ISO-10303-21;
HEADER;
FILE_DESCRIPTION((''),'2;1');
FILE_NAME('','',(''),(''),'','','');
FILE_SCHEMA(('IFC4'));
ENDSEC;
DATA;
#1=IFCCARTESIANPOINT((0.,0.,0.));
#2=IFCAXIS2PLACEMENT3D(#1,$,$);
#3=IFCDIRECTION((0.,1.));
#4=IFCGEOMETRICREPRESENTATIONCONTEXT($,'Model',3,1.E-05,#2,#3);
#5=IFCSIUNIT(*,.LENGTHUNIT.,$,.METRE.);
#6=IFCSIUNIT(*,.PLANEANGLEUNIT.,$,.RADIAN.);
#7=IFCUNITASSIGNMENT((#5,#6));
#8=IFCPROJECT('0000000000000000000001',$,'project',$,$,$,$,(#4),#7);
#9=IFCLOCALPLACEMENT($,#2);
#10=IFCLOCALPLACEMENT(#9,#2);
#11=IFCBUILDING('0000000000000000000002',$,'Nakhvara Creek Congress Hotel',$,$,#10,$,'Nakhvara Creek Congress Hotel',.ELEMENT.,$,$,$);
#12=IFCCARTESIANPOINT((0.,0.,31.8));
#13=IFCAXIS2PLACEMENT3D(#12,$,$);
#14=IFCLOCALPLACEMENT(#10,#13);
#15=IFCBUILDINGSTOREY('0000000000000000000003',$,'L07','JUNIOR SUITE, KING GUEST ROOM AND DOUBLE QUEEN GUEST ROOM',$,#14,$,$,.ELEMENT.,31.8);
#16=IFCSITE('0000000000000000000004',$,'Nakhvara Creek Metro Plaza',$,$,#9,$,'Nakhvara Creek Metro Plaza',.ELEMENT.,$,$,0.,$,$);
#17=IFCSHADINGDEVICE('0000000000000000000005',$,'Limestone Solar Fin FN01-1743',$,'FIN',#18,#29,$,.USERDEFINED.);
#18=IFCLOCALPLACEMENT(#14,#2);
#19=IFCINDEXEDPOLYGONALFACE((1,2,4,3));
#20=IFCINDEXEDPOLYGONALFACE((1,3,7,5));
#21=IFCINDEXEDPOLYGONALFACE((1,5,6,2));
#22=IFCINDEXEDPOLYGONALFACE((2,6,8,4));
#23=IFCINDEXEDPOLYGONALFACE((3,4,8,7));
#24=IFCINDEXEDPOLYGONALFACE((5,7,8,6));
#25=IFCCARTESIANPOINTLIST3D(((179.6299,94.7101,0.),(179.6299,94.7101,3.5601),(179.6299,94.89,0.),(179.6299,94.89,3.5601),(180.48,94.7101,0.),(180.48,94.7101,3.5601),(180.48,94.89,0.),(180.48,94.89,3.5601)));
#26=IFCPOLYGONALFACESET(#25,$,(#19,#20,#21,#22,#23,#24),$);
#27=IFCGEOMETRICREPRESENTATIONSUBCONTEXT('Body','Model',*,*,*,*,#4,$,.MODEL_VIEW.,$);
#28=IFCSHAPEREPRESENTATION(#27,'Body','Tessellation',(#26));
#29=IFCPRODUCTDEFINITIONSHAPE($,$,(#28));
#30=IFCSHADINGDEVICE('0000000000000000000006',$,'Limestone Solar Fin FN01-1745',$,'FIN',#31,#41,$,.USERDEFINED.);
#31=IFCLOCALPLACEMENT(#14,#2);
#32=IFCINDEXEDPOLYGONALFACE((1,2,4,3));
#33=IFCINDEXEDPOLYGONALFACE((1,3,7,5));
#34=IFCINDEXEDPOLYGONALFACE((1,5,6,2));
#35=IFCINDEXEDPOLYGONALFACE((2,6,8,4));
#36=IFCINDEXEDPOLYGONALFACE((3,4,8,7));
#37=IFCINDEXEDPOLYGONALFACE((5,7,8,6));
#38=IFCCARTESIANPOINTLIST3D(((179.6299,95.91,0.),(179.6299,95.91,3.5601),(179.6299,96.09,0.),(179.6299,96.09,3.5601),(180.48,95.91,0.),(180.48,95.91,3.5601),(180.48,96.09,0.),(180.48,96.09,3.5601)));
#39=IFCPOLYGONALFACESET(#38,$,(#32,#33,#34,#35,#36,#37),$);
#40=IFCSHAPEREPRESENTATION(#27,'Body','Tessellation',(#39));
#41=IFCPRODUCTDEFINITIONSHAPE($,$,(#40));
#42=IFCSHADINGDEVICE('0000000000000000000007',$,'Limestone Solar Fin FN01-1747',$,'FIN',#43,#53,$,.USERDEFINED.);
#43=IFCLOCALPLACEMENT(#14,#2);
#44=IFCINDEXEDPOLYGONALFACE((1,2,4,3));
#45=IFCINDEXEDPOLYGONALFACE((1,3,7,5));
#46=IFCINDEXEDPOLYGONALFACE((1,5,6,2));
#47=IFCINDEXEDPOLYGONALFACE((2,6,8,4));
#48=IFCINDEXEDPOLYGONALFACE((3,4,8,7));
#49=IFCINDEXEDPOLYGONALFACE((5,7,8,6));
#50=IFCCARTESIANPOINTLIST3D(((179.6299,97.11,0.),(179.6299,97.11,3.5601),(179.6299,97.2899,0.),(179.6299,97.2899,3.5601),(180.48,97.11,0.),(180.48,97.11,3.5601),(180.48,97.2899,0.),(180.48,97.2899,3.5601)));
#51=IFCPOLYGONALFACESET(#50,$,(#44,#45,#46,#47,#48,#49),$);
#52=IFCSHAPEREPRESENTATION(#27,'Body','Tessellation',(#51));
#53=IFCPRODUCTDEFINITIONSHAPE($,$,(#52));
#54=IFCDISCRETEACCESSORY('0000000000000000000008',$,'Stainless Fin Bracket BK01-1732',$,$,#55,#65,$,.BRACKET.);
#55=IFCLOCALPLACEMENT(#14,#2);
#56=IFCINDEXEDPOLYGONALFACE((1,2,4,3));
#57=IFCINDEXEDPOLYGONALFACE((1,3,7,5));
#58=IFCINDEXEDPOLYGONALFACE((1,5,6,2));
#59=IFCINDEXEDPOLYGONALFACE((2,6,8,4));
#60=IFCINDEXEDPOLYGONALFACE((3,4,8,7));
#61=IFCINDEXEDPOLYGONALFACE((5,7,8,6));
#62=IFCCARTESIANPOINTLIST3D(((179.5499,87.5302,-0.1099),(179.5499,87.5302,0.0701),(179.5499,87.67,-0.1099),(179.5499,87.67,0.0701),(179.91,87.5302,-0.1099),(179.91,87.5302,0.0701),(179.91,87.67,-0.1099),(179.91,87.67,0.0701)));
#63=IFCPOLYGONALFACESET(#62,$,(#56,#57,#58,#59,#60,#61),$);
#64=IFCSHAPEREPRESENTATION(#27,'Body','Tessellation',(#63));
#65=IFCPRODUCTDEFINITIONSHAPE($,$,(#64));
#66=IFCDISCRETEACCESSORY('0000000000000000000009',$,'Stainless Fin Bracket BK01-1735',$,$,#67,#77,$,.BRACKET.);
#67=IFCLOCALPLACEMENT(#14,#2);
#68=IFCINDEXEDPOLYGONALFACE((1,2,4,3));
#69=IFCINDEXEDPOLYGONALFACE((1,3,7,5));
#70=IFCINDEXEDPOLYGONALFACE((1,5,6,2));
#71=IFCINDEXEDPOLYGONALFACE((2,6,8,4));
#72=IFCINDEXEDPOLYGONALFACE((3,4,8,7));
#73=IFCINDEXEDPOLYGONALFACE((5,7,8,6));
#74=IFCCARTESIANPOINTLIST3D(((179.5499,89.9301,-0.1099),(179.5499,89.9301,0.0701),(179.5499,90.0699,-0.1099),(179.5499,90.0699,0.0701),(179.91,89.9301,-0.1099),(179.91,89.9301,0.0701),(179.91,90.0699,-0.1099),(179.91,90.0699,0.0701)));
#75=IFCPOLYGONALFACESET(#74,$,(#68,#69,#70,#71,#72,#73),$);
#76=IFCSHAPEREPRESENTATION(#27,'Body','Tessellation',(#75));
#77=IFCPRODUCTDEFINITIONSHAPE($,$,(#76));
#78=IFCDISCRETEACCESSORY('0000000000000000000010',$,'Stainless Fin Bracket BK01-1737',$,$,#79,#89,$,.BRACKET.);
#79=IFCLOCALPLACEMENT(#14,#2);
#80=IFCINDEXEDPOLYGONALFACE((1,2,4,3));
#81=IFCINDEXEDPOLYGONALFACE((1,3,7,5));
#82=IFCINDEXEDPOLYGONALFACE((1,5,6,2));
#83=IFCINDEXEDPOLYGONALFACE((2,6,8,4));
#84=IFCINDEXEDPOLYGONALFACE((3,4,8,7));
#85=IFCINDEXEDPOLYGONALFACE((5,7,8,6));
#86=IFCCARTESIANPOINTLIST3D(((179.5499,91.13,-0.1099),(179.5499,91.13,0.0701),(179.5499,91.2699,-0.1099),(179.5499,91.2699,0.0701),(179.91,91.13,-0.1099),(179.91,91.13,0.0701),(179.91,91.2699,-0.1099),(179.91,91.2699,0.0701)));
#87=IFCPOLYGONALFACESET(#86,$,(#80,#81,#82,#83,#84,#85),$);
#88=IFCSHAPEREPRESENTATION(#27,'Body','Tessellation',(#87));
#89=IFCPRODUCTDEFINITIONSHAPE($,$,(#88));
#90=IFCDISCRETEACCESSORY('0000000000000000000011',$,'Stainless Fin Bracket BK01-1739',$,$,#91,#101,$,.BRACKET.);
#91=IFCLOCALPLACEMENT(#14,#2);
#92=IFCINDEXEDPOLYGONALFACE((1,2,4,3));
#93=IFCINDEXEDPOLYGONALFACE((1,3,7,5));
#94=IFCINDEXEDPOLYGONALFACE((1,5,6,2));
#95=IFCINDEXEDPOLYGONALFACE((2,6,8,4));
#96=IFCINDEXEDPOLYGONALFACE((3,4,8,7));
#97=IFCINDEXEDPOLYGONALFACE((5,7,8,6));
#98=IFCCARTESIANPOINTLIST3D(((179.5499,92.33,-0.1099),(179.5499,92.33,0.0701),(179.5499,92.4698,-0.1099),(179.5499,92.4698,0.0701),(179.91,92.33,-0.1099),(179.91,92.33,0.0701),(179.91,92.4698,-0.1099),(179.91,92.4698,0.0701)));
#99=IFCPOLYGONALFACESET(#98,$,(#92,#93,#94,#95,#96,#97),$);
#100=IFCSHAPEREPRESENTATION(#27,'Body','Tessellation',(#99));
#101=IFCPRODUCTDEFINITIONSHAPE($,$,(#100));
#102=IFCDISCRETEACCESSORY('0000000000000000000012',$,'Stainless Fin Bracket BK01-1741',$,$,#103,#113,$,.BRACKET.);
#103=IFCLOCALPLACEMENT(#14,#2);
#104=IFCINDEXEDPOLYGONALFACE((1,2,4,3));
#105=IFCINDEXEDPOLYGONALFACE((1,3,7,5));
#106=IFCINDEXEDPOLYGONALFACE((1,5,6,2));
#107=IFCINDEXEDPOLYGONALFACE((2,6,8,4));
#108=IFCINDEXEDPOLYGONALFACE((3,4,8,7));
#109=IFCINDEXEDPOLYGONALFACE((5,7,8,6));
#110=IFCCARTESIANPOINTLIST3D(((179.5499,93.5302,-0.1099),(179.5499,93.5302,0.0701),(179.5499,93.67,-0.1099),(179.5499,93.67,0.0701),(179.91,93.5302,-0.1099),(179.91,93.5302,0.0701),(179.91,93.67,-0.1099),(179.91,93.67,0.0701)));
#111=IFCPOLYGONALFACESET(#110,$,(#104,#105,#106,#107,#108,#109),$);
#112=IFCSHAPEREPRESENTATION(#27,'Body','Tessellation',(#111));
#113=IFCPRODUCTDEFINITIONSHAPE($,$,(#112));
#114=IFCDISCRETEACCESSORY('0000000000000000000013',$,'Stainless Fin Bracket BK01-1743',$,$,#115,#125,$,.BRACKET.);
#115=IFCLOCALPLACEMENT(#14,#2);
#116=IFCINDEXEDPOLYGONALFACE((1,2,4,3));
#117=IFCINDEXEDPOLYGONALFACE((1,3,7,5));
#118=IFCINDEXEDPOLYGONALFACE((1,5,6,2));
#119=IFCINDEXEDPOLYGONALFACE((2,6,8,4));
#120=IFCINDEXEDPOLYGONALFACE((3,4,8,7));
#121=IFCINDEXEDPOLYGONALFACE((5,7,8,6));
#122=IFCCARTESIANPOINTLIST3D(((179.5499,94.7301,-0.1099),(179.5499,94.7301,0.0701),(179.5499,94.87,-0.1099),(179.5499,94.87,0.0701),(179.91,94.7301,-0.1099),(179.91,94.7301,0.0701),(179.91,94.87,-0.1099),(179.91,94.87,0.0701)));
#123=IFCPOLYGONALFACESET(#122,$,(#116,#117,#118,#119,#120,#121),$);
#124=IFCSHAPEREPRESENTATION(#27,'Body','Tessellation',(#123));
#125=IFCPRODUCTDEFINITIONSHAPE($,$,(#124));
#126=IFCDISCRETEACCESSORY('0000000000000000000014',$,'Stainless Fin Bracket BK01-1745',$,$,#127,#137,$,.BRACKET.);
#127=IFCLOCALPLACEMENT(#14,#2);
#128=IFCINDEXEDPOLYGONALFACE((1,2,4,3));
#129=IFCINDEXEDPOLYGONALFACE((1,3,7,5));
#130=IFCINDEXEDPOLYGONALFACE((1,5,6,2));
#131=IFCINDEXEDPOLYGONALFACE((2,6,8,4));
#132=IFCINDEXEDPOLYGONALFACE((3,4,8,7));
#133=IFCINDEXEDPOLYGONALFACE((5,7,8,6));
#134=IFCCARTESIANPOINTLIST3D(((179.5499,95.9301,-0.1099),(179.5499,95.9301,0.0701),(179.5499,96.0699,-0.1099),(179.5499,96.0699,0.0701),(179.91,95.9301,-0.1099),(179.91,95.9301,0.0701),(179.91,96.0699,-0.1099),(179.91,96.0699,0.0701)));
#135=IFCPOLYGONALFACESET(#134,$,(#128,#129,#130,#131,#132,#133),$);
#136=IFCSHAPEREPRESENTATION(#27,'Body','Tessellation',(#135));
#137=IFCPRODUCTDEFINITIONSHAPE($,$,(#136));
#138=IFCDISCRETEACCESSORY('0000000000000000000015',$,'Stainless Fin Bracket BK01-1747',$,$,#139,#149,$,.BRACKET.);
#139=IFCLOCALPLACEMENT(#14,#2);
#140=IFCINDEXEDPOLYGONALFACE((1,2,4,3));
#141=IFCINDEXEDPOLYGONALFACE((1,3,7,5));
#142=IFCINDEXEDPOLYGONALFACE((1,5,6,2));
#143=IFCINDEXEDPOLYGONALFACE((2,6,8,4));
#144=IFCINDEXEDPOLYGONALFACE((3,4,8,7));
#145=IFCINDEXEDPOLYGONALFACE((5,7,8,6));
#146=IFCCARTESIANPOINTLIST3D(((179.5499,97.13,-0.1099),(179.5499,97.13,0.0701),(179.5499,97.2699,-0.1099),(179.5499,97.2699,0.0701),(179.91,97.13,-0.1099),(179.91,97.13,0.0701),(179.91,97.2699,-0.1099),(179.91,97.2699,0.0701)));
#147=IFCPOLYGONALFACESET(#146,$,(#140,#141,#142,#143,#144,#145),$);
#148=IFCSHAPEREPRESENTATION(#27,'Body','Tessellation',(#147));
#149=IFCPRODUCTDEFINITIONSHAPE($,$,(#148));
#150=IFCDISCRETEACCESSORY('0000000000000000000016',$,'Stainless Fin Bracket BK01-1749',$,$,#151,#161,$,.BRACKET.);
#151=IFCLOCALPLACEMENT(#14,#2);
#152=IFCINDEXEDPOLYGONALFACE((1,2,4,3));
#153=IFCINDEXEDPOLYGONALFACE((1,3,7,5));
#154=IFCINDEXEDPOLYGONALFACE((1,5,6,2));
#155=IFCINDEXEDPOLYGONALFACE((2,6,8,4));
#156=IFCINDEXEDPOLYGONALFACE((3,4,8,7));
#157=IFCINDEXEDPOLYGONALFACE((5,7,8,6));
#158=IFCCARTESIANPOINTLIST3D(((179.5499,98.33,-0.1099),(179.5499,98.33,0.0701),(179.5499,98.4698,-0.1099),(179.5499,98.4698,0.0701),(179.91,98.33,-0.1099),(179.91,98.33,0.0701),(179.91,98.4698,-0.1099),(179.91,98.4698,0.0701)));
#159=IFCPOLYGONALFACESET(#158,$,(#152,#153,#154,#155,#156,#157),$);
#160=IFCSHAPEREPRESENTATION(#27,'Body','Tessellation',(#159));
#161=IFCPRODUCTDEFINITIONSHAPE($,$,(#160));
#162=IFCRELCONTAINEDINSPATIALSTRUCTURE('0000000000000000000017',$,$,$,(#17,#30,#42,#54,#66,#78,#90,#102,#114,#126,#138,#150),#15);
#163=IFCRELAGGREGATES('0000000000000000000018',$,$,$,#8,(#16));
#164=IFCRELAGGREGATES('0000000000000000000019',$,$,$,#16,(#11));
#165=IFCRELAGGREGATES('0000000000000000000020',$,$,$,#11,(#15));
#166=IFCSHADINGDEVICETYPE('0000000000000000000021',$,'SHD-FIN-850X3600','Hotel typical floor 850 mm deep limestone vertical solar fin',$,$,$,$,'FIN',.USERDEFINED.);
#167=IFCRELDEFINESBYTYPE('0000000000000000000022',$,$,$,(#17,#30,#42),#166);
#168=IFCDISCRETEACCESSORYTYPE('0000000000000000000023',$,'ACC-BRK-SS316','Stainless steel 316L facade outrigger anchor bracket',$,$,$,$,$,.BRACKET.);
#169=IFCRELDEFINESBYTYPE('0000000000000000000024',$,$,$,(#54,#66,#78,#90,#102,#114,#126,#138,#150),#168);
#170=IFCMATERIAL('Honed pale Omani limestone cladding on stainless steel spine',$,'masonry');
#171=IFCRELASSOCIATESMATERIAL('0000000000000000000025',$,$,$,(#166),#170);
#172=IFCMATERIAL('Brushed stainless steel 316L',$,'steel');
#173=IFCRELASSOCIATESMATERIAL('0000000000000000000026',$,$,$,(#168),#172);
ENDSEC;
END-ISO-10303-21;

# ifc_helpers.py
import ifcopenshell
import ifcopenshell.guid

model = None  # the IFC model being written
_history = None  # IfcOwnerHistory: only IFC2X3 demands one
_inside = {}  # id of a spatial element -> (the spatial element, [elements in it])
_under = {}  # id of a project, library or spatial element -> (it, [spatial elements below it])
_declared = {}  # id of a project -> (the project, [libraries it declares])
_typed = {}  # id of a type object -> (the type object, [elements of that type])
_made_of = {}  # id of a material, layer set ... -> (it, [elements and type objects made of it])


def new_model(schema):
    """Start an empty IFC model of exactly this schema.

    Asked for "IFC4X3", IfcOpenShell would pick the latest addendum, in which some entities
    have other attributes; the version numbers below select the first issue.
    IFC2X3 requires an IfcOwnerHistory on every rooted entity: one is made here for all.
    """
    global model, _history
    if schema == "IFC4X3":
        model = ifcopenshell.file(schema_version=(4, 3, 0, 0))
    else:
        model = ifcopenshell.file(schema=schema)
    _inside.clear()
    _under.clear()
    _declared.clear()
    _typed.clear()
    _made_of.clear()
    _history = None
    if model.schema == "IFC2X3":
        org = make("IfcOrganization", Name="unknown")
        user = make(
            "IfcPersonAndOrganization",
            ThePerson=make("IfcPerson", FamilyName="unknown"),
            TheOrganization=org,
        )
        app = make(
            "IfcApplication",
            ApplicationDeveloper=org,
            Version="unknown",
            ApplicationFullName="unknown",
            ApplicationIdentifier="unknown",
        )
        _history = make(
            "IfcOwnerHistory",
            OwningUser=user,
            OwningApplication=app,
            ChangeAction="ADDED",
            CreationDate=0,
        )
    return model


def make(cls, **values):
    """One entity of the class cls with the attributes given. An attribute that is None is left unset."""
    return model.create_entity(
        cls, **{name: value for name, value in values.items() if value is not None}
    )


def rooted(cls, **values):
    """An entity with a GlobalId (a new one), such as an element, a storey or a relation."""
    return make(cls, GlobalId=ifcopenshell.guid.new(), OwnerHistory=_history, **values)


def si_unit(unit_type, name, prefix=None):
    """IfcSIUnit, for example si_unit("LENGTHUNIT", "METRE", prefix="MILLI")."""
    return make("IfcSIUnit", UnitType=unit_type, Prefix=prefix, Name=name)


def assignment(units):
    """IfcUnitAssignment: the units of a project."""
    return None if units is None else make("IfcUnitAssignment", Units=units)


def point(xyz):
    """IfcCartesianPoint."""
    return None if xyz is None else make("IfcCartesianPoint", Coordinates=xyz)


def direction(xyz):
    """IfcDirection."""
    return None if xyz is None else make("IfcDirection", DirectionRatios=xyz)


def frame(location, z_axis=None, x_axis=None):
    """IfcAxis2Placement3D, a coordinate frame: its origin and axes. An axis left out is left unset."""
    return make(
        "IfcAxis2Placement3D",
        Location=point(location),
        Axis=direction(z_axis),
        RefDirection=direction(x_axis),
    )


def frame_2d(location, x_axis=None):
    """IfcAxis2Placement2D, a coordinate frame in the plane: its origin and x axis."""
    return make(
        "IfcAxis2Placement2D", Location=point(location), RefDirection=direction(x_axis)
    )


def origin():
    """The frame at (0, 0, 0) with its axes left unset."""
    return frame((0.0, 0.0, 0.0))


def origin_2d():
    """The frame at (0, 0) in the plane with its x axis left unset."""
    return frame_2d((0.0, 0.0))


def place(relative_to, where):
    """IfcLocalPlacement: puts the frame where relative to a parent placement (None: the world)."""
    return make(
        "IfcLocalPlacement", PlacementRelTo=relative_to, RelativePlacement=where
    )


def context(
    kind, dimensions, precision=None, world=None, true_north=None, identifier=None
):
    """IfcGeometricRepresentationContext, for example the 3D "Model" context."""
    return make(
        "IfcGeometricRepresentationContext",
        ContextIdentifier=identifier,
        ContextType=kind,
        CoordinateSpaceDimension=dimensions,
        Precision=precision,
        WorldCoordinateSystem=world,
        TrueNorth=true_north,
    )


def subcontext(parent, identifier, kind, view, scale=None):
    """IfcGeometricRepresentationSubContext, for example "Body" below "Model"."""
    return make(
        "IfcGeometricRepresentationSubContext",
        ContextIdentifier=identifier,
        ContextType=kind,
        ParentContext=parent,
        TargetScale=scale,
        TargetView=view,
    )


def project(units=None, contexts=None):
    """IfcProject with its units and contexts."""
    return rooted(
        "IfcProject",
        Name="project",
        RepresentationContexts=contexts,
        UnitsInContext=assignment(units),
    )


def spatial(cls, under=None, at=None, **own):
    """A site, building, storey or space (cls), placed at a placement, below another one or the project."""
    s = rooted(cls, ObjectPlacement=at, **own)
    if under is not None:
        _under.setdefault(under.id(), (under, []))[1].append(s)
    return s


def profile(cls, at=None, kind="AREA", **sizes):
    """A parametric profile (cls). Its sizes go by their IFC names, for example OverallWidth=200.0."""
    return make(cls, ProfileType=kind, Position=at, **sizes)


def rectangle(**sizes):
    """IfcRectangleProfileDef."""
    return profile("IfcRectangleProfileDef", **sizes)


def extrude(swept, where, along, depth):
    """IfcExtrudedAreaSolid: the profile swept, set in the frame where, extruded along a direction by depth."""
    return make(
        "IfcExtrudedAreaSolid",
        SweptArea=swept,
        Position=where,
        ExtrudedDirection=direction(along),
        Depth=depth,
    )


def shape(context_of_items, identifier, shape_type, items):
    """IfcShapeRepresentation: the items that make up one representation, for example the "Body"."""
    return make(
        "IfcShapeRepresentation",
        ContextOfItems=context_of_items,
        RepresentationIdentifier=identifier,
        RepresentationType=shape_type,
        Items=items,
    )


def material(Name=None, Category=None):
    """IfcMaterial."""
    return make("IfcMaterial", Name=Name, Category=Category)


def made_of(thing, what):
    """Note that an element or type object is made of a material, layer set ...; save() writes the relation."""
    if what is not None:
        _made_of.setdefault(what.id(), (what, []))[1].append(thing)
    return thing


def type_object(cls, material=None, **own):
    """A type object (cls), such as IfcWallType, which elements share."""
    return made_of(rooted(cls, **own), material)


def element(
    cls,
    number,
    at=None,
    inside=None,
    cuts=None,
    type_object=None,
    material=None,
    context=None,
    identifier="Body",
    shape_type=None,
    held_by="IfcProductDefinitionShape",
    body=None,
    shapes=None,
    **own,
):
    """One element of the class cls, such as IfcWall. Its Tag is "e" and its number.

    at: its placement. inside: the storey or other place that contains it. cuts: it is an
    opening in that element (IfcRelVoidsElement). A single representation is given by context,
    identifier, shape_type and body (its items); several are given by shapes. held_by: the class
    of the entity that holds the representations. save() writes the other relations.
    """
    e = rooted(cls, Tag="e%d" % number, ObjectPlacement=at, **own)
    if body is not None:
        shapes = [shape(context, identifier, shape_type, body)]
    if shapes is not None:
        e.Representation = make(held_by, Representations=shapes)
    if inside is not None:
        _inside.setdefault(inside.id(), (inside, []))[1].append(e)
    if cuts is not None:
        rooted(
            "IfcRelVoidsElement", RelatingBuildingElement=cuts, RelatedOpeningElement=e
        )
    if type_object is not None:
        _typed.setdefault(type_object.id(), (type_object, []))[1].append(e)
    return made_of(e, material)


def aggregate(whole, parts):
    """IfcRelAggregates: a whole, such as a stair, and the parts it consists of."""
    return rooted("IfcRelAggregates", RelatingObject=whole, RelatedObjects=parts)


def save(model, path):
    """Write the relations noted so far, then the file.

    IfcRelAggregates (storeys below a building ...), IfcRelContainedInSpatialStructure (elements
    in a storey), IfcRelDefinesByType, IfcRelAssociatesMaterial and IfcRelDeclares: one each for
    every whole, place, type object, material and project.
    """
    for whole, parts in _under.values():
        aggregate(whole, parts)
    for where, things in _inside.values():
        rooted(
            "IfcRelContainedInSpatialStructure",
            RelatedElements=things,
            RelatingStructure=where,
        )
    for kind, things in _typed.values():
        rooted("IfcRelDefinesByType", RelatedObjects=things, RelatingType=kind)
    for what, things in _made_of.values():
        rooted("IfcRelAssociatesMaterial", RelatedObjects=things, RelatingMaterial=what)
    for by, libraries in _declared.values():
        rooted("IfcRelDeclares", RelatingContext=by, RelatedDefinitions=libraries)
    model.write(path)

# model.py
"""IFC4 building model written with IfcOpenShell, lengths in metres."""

from ifc_helpers import new_model, si_unit, direction, frame, origin, origin_2d, place, context, subcontext, project, spatial, rectangle, extrude, material, type_object, element, save


model = new_model("IFC4")

# Units and contexts
model_context = context("Model", 3, precision=1e-05, world=origin(), true_north=direction((0.0, 1.0)))
body_context = subcontext(model_context, "Body", "Model", "MODEL_VIEW")
ifc_project = project(units=[si_unit("LENGTHUNIT", "METRE"), si_unit("PLANEANGLEUNIT", "RADIAN")], contexts=[model_context])

# Site, building, storey
site_placement = place(None, origin())
site = spatial("IfcSite", under=ifc_project, at=site_placement, Name="Nakhvara Creek Metro Plaza", LongName="Nakhvara Creek Metro Plaza", CompositionType="ELEMENT", RefElevation=0.0)
building_placement = place(site_placement, origin())
building = spatial("IfcBuilding", under=site, at=building_placement, Name="Nakhvara Creek Congress Hotel", LongName="Nakhvara Creek Congress Hotel", CompositionType="ELEMENT")
storey_placement = place(building_placement, frame((0.0, 0.0, 31.8)))
storey = spatial("IfcBuildingStorey", under=building, at=storey_placement, Name="L07", Description="JUNIOR SUITE, KING GUEST ROOM AND DOUBLE QUEEN GUEST ROOM", CompositionType="ELEMENT", Elevation=31.8)

# Shading devices
ifc_material_1 = material(Name="Honed pale Omani limestone cladding on stainless steel spine", Category="masonry")
shading_device_type = type_object("IfcShadingDeviceType", Name="SHD-FIN-850X3600", Description="Hotel typical floor 850 mm deep limestone vertical solar fin", ElementType="FIN", PredefinedType="USERDEFINED", material=ifc_material_1)
for number, where, z_axis, x_axis, name in (
    (1, (180.0549, 94.8, 0.0), (0.0, 0.0, 1.0), (0.0, 1.0, 0.0), "Limestone Solar Fin FN01-1743"),
    (2, (180.0549, 96.0, 0.0), (0.0, 0.0, 1.0), (0.0, 1.0, 0.0), "Limestone Solar Fin FN01-1745"),
    (3, (180.0549, 97.2, 0.0), (0.0, 0.0, 1.0), (0.0, 1.0, 0.0), "Limestone Solar Fin FN01-1747"),
):
    element("IfcShadingDevice", number, at=place(storey_placement, frame(where, z_axis=z_axis, x_axis=x_axis)), inside=storey, type_object=shading_device_type, Name=name, ObjectType="FIN", PredefinedType="USERDEFINED", context=body_context, shape_type="SweptSolid", body=[
        extrude(rectangle(XDim=0.1799, YDim=0.8501, at=origin_2d()), origin(), (0.0, 0.0, 1.0), 3.5601),
    ])

# Discrete accessories
ifc_material_2 = material(Name="Brushed stainless steel 316L", Category="steel")
discrete_accessory_type = type_object("IfcDiscreteAccessoryType", Name="ACC-BRK-SS316", Description="Stainless steel 316L facade outrigger anchor bracket", PredefinedType="BRACKET", material=ifc_material_2)
for number, where, z_axis, x_axis, name in (
    (4, (179.73, 87.6001, -0.1099), (0.0, 0.0, 1.0), (0.0, 1.0, 0.0), "Stainless Fin Bracket BK01-1732"),
    (5, (179.73, 90.0, -0.1099), (0.0, 0.0, 1.0), (0.0, 1.0, 0.0), "Stainless Fin Bracket BK01-1735"),
    (6, (179.73, 91.2, -0.1099), (0.0, 0.0, 1.0), (0.0, 1.0, 0.0), "Stainless Fin Bracket BK01-1737"),
    (7, (179.73, 92.3999, -0.1099), (0.0, 0.0, 1.0), (0.0, 1.0, 0.0), "Stainless Fin Bracket BK01-1739"),
    (8, (179.73, 93.6001, -0.1099), (0.0, 0.0, 1.0), (0.0, 1.0, 0.0), "Stainless Fin Bracket BK01-1741"),
    (9, (179.73, 94.8, -0.1099), (0.0, 0.0, 1.0), (0.0, 1.0, 0.0), "Stainless Fin Bracket BK01-1743"),
    (10, (179.73, 96.0, -0.1099), (0.0, 0.0, 1.0), (0.0, 1.0, 0.0), "Stainless Fin Bracket BK01-1745"),
    (11, (179.73, 97.2, -0.1099), (0.0, 0.0, 1.0), (0.0, 1.0, 0.0), "Stainless Fin Bracket BK01-1747"),
    (12, (179.73, 98.3999, -0.1099), (0.0, 0.0, 1.0), (0.0, 1.0, 0.0), "Stainless Fin Bracket BK01-1749"),
):
    element("IfcDiscreteAccessory", number, at=place(storey_placement, frame(where, z_axis=z_axis, x_axis=x_axis)), inside=storey, type_object=discrete_accessory_type, Name=name, PredefinedType="BRACKET", context=body_context, shape_type="SweptSolid", body=[
        extrude(rectangle(XDim=0.1399, YDim=0.3601, at=origin_2d()), origin(), (0.0, 0.0, 1.0), 0.1799),
    ])

save(model, "model.ifc")
